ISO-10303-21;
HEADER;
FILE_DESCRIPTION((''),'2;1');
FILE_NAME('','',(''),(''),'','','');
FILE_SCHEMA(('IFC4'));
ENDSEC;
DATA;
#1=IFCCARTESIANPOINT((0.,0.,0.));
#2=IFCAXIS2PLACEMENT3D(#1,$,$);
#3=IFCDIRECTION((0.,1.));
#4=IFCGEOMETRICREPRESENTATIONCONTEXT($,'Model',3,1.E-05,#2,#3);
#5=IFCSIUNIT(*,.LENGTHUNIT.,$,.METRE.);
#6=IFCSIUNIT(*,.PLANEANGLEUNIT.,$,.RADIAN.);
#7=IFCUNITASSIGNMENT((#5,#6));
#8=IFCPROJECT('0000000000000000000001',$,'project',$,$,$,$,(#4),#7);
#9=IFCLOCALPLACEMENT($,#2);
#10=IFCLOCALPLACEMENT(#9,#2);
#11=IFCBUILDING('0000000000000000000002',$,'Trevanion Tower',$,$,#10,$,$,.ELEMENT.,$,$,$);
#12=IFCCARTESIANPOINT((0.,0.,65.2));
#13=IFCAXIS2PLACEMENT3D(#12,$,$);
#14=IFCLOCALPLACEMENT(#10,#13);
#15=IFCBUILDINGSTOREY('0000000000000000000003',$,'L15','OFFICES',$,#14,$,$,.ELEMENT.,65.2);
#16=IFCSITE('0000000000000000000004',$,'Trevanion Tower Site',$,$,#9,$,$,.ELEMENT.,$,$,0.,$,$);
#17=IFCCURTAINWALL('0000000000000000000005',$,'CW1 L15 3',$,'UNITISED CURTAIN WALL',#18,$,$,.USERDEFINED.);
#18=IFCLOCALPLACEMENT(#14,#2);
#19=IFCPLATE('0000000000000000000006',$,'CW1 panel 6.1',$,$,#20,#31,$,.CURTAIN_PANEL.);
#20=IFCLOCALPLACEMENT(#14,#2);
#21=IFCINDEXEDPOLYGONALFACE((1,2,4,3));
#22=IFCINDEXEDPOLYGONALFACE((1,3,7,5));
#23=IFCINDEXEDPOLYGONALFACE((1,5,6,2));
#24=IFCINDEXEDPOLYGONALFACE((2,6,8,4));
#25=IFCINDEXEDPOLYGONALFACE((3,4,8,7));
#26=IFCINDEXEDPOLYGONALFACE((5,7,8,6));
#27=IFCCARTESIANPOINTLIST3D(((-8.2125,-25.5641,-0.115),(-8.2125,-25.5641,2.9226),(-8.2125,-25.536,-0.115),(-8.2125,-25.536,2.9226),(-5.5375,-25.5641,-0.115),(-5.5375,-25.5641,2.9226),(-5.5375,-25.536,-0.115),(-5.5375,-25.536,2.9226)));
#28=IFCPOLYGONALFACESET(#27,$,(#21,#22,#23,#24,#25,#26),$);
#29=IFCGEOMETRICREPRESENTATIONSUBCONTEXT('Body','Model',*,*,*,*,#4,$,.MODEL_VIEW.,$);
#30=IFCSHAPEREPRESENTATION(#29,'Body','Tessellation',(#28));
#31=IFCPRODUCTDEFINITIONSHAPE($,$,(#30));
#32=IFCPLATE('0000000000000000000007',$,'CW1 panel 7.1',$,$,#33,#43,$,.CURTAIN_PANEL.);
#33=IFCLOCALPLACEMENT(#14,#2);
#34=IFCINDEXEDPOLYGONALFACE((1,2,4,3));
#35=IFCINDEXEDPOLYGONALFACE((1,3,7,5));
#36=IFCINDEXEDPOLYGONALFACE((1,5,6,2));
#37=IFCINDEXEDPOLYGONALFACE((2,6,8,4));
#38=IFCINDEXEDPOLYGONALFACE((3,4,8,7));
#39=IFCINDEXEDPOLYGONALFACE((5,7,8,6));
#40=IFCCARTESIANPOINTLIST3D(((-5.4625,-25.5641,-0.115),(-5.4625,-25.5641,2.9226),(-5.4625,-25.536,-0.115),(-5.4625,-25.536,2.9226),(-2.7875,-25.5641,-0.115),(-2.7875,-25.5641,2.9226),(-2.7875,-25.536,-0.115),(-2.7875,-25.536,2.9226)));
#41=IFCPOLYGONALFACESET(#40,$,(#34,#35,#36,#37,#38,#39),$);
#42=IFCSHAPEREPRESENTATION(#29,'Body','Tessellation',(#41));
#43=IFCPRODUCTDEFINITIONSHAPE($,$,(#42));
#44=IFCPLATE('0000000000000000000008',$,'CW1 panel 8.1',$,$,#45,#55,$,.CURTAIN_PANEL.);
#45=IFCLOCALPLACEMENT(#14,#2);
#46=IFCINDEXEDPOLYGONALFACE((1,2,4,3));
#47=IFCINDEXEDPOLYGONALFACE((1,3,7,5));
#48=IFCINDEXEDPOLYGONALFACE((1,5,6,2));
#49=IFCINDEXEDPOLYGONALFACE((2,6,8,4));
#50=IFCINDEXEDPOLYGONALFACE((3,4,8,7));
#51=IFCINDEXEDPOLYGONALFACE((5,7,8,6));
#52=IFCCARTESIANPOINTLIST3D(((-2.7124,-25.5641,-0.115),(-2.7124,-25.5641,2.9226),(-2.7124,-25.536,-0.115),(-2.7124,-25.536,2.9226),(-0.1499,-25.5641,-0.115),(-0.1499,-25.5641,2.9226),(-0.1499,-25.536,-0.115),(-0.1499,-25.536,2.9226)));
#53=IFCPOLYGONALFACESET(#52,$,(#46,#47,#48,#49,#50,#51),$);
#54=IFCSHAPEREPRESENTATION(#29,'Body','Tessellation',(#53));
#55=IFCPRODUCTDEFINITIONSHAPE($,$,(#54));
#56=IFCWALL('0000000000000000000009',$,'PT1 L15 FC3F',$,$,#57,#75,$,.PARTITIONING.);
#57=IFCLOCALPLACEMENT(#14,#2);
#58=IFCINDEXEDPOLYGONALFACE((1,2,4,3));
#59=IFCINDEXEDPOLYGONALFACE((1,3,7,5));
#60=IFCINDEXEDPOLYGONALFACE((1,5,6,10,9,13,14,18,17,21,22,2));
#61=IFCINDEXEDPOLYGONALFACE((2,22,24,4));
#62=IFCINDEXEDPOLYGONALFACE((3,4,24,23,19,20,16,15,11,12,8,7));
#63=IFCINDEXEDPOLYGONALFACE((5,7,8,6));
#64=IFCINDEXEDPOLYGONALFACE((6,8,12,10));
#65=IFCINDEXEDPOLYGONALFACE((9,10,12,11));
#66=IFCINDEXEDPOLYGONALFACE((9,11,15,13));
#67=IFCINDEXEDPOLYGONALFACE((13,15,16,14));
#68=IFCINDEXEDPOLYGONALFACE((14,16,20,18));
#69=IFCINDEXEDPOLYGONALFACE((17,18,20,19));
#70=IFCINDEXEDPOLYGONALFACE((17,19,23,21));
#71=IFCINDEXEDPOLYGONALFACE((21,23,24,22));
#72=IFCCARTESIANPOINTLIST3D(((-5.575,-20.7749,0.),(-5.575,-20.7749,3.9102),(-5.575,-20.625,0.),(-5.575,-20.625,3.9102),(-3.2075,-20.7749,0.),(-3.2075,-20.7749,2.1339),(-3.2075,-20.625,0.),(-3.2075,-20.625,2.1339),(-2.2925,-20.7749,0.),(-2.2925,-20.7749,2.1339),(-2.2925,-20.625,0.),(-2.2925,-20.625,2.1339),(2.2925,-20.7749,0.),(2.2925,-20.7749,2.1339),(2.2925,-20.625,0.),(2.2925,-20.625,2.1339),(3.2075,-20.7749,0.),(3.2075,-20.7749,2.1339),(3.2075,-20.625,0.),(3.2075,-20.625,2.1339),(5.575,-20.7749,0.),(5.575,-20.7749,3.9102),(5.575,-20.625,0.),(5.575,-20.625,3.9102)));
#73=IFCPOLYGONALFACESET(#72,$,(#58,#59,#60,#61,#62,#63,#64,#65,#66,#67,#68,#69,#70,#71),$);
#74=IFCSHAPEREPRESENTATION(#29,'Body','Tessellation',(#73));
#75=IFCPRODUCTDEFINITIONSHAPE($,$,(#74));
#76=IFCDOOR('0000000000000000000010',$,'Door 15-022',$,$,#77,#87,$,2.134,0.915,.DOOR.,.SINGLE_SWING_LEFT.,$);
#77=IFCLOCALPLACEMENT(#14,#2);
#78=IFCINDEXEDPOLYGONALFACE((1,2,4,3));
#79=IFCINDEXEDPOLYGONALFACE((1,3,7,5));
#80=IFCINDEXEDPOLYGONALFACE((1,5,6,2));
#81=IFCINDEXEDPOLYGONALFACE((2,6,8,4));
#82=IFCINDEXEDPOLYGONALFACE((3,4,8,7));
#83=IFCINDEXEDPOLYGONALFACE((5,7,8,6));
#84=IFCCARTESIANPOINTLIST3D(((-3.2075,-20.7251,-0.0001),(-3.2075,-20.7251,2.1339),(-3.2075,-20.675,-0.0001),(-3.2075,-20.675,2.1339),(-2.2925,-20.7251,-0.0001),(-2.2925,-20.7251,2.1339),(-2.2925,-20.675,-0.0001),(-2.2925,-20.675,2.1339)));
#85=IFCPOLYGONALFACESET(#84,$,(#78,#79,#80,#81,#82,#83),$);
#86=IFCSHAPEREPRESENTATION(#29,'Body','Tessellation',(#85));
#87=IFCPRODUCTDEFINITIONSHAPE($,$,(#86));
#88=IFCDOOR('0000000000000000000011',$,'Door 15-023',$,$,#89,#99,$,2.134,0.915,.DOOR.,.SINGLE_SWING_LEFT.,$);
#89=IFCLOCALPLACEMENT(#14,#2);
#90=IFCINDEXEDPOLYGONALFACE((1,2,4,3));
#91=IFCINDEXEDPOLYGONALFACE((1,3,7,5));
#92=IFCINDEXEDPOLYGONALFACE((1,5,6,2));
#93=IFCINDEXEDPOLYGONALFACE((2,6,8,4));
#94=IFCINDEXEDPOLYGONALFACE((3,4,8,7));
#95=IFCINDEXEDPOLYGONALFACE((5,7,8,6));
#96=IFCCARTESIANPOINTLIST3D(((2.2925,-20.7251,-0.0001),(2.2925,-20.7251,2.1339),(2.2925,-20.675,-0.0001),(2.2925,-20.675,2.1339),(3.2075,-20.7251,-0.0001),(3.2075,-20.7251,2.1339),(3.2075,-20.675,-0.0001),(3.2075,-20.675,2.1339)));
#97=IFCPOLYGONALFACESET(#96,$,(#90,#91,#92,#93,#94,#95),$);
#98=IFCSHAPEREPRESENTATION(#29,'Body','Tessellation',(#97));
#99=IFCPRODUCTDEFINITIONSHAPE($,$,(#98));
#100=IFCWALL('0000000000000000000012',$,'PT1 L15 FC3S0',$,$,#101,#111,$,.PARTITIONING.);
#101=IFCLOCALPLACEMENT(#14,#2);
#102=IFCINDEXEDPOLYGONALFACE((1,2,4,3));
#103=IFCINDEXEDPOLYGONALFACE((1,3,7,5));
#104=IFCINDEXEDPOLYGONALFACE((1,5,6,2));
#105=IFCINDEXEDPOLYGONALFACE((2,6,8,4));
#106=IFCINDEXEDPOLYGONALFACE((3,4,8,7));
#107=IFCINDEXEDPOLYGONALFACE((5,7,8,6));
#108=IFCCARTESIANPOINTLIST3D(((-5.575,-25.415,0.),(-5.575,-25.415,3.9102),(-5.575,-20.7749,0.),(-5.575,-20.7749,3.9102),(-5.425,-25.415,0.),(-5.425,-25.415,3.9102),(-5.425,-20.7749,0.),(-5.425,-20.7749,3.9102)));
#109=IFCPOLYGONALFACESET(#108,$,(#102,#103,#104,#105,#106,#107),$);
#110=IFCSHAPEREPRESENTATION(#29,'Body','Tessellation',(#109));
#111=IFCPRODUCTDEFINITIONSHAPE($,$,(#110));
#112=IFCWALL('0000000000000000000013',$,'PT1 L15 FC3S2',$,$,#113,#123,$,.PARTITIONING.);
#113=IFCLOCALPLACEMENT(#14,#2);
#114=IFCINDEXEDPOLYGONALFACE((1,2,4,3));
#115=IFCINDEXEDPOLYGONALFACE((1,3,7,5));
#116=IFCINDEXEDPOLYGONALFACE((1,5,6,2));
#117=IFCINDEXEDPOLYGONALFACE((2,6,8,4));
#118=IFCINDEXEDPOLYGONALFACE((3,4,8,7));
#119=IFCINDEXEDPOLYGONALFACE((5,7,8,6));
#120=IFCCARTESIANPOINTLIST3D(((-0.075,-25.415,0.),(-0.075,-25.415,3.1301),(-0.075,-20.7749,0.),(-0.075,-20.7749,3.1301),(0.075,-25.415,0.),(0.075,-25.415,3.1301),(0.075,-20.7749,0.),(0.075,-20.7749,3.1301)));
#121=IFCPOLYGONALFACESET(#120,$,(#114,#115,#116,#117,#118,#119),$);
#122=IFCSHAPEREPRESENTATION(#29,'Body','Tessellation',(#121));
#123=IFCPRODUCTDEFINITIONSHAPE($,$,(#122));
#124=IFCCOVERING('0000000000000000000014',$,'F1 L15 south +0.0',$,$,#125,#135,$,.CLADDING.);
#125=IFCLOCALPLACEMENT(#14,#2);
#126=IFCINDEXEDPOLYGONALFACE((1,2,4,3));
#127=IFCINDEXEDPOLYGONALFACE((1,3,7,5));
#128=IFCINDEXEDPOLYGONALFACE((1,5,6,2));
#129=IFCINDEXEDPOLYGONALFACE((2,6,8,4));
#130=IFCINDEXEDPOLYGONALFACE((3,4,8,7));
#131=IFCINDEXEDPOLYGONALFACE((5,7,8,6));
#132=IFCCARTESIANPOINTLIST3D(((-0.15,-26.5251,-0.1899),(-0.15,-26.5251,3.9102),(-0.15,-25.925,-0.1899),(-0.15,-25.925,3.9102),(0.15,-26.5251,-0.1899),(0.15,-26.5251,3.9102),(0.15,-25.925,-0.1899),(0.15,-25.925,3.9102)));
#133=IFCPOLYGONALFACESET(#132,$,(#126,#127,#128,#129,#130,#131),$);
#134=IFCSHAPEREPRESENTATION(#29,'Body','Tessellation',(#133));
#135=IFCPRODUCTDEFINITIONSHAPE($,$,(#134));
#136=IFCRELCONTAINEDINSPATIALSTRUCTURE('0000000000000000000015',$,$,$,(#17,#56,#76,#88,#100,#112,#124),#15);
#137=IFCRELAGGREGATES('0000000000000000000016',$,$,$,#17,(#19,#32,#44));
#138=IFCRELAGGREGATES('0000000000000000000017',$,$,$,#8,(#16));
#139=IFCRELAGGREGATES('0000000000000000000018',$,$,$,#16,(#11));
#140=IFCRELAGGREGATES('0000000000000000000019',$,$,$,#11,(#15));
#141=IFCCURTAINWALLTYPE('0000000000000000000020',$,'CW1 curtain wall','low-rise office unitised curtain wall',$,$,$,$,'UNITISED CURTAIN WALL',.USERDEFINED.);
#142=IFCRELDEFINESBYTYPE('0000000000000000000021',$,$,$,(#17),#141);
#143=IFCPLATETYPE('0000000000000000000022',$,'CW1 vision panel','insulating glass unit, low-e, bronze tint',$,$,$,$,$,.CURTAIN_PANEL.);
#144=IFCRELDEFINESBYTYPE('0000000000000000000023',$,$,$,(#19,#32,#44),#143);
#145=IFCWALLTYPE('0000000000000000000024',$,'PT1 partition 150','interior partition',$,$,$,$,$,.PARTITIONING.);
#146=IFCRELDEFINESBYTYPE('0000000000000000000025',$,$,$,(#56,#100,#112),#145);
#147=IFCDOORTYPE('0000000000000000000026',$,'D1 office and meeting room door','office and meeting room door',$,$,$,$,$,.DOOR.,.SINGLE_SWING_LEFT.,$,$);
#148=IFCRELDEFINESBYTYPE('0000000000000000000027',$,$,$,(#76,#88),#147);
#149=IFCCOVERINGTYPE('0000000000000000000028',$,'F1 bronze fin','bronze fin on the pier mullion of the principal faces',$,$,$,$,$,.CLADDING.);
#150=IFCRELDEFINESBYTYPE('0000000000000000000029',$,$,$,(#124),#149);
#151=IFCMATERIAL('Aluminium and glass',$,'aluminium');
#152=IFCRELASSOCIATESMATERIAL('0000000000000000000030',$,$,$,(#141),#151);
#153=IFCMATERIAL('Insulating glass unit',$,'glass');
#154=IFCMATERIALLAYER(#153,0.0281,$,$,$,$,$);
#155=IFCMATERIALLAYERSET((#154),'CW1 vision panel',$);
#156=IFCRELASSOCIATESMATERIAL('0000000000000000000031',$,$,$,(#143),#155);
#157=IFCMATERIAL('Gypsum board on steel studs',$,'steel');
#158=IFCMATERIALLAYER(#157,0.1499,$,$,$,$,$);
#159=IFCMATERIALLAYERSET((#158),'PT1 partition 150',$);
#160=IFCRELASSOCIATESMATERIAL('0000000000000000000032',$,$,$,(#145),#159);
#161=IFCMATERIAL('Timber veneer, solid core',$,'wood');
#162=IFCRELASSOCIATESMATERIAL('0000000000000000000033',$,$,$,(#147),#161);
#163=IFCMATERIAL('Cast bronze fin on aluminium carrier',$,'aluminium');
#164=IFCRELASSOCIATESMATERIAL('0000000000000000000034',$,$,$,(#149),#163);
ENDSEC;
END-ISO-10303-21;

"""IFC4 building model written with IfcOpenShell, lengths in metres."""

from ifc_helpers import new_model, si_unit, direction, frame, frame_2d, origin, origin_2d, place, context, subcontext, project, spatial, rectangle, extrude, material, layer, layer_set, type_object, element, fill, aggregate, save


model = new_model("IFC4")

# Units and contexts
model_context = context("Model", 3, precision=1e-05, world=origin(), true_north=direction((0.0, 1.0)))
body_context = subcontext(model_context, "Body", "Model", "MODEL_VIEW")
ifc_project = project(units=[si_unit("LENGTHUNIT", "METRE"), si_unit("PLANEANGLEUNIT", "RADIAN")], contexts=[model_context])

# Site, building, storey
site_placement = place(None, origin())
site = spatial("IfcSite", under=ifc_project, at=site_placement, Name="Trevanion Tower Site", CompositionType="ELEMENT", RefElevation=0.0)
building_placement = place(site_placement, origin())
building = spatial("IfcBuilding", under=site, at=building_placement, Name="Trevanion Tower", CompositionType="ELEMENT")
storey_placement = place(building_placement, frame((0.0, 0.0, 65.2)))
storey = spatial("IfcBuildingStorey", under=building, at=storey_placement, Name="L15", Description="OFFICES", CompositionType="ELEMENT", Elevation=65.2)

# Curtain wall
ifc_material_1 = material(Name="Aluminium and glass", Category="aluminium")
curtain_wall_type = type_object("IfcCurtainWallType", Name="CW1 curtain wall", Description="low-rise office unitised curtain wall", ElementType="UNITISED CURTAIN WALL", PredefinedType="USERDEFINED", material=ifc_material_1)
curtain_wall_placement = place(storey_placement, origin())
curtain_wall = element("IfcCurtainWall", 1, at=curtain_wall_placement, inside=storey, type_object=curtain_wall_type, Name="CW1 L15 3", ObjectType="UNITISED CURTAIN WALL", PredefinedType="USERDEFINED")

# Plates
ifc_material_2 = material(Name="Insulating glass unit", Category="glass")
ifc_layer_1 = layer(ifc_material_2, 0.0281)
ifc_layer_set_1 = layer_set([ifc_layer_1], Name="CW1 vision panel")
plate_type_1 = type_object("IfcPlateType", Name="CW1 vision panel", Description="insulating glass unit, low-e, bronze tint", PredefinedType="CURTAIN_PANEL", material=ifc_layer_set_1)
plate_1_placement = place(storey_placement, frame((-6.875, -25.55, -0.115), z_axis=(0.0, 0.0, 1.0), x_axis=(1.0, 0.0, 0.0)))
plate_1 = element("IfcPlate", 2, at=plate_1_placement, type_object=plate_type_1, Name="CW1 panel 6.1", PredefinedType="CURTAIN_PANEL", context=body_context, shape_type="SweptSolid", body=[
    extrude(rectangle(XDim=2.675, YDim=0.0281, at=origin_2d()), origin(), (0.0, 0.0, 1.0), 3.0376),
])
plate_2_placement = place(storey_placement, frame((-4.125, -25.55, -0.115), z_axis=(0.0, 0.0, 1.0), x_axis=(1.0, 0.0, 0.0)))
plate_2 = element("IfcPlate", 3, at=plate_2_placement, type_object=plate_type_1, Name="CW1 panel 7.1", PredefinedType="CURTAIN_PANEL", context=body_context, shape_type="SweptSolid", body=[
    extrude(rectangle(XDim=2.675, YDim=0.0281, at=origin_2d()), origin(), (0.0, 0.0, 1.0), 3.0376),
])
plate_3_placement = place(storey_placement, frame((-1.4312, -25.55, -0.115), z_axis=(0.0, 0.0, 1.0), x_axis=(1.0, 0.0, 0.0)))
plate_3 = element("IfcPlate", 4, at=plate_3_placement, type_object=plate_type_1, Name="CW1 panel 8.1", PredefinedType="CURTAIN_PANEL", context=body_context, shape_type="SweptSolid", body=[
    extrude(rectangle(XDim=2.5625, YDim=0.0281, at=origin_2d()), origin(), (0.0, 0.0, 1.0), 3.0376),
])
aggregate(curtain_wall, [plate_1, plate_2, plate_3])

# Wall, openings, doors
ifc_material_3 = material(Name="Gypsum board on steel studs", Category="steel")
ifc_layer_2 = layer(ifc_material_3, 0.1499)
ifc_layer_set_2 = layer_set([ifc_layer_2], Name="PT1 partition 150")
wall_type = type_object("IfcWallType", Name="PT1 partition 150", Description="interior partition", PredefinedType="PARTITIONING", material=ifc_layer_set_2)
wall_1_placement = place(storey_placement, frame((-5.575, -20.7, 0.0), z_axis=(0.0, 0.0, 1.0), x_axis=(1.0, 0.0, 0.0)))
wall_1 = element("IfcWall", 5, at=wall_1_placement, inside=storey, type_object=wall_type, Name="PT1 L15 FC3F", PredefinedType="PARTITIONING", context=body_context, shape_type="SweptSolid", body=[
    extrude(rectangle(XDim=11.1499, YDim=0.1499, at=frame_2d((5.575, 0.0))), origin(), (0.0, 0.0, 1.0), 3.9102),
])
opening_1_placement = place(wall_1_placement, frame((2.3674, 0.0, 0.0)))
opening_1 = element("IfcOpeningElement", 6, at=opening_1_placement, cuts=wall_1, PredefinedType="OPENING", context=body_context, shape_type="SweptSolid", body=[
    extrude(rectangle(XDim=0.915, YDim=2.134, at=frame_2d((0.4575, 1.0669))), frame((0.0, 0.085, 0.0), z_axis=(0.0, -1.0, 0.0), x_axis=(1.0, 0.0, 0.0)), (0.0, 0.0, 1.0), 0.1699),
])
opening_2_placement = place(wall_1_placement, frame((7.8674, 0.0, 0.0)))
opening_2 = element("IfcOpeningElement", 7, at=opening_2_placement, cuts=wall_1, PredefinedType="OPENING", context=body_context, shape_type="SweptSolid", body=[
    extrude(rectangle(XDim=0.915, YDim=2.134, at=frame_2d((0.4575, 1.0669))), frame((0.0, 0.085, 0.0), z_axis=(0.0, -1.0, 0.0), x_axis=(1.0, 0.0, 0.0)), (0.0, 0.0, 1.0), 0.1699),
])
ifc_material_4 = material(Name="Timber veneer, solid core", Category="wood")
door_type = type_object("IfcDoorType", Name="D1 office and meeting room door", Description="office and meeting room door", OperationType="SINGLE_SWING_LEFT", PredefinedType="DOOR", material=ifc_material_4)
door_1_placement = place(opening_1_placement, origin())
door_1 = element("IfcDoor", 8, at=door_1_placement, inside=storey, type_object=door_type, Name="Door 15-022", OperationType="SINGLE_SWING_LEFT", OverallHeight=2.134, OverallWidth=0.915, PredefinedType="DOOR", context=body_context, shape_type="SweptSolid", body=[
    extrude(rectangle(XDim=0.915, YDim=2.134, at=frame_2d((0.4575, 1.0669))), frame((0.0, 0.0249, 0.0), z_axis=(0.0, -1.0, 0.0), x_axis=(1.0, 0.0, 0.0)), (0.0, 0.0, 1.0), 0.05),
])
fill(opening_1, door_1)
door_2_placement = place(opening_2_placement, origin())
door_2 = element("IfcDoor", 9, at=door_2_placement, inside=storey, type_object=door_type, Name="Door 15-023", OperationType="SINGLE_SWING_LEFT", OverallHeight=2.134, OverallWidth=0.915, PredefinedType="DOOR", context=body_context, shape_type="SweptSolid", body=[
    extrude(rectangle(XDim=0.915, YDim=2.134, at=frame_2d((0.4575, 1.0669))), frame((0.0, 0.0249, 0.0), z_axis=(0.0, -1.0, 0.0), x_axis=(1.0, 0.0, 0.0)), (0.0, 0.0, 1.0), 0.05),
])
fill(opening_2, door_2)

# Walls
wall_2_placement = place(storey_placement, frame((-5.5, -20.7749, 0.0), z_axis=(0.0, 0.0, 1.0), x_axis=(0.0, -1.0, 0.0)))
element("IfcWall", 10, at=wall_2_placement, inside=storey, type_object=wall_type, Name="PT1 L15 FC3S0", PredefinedType="PARTITIONING", context=body_context, shape_type="SweptSolid", body=[
    extrude(rectangle(XDim=4.6401, YDim=0.1499, at=frame_2d((2.3201, 0.0))), origin(), (0.0, 0.0, 1.0), 3.9102),
])
wall_3_placement = place(storey_placement, frame((0.0, -20.7749, 0.0), z_axis=(0.0, 0.0, 1.0), x_axis=(0.0, -1.0, 0.0)))
element("IfcWall", 11, at=wall_3_placement, inside=storey, type_object=wall_type, Name="PT1 L15 FC3S2", PredefinedType="PARTITIONING", context=body_context, shape_type="SweptSolid", body=[
    extrude(rectangle(XDim=4.6401, YDim=0.1499, at=frame_2d((2.3201, 0.0))), origin(), (0.0, 0.0, 1.0), 3.1301),
])

# Covering
ifc_material_5 = material(Name="Cast bronze fin on aluminium carrier", Category="aluminium")
covering_type = type_object("IfcCoveringType", Name="F1 bronze fin", Description="bronze fin on the pier mullion of the principal faces", PredefinedType="CLADDING", material=ifc_material_5)
covering_placement = place(storey_placement, frame((0.0, -26.2251, -0.1899), z_axis=(0.0, 0.0, 1.0), x_axis=(1.0, 0.0, 0.0)))
element("IfcCovering", 12, at=covering_placement, inside=storey, type_object=covering_type, Name="F1 L15 south +0.0", PredefinedType="CLADDING", context=body_context, shape_type="SweptSolid", body=[
    extrude(rectangle(XDim=0.3, YDim=0.6001, at=origin_2d()), origin(), (0.0, 0.0, 1.0), 4.1001),
])

save(model, "model.ifc")
